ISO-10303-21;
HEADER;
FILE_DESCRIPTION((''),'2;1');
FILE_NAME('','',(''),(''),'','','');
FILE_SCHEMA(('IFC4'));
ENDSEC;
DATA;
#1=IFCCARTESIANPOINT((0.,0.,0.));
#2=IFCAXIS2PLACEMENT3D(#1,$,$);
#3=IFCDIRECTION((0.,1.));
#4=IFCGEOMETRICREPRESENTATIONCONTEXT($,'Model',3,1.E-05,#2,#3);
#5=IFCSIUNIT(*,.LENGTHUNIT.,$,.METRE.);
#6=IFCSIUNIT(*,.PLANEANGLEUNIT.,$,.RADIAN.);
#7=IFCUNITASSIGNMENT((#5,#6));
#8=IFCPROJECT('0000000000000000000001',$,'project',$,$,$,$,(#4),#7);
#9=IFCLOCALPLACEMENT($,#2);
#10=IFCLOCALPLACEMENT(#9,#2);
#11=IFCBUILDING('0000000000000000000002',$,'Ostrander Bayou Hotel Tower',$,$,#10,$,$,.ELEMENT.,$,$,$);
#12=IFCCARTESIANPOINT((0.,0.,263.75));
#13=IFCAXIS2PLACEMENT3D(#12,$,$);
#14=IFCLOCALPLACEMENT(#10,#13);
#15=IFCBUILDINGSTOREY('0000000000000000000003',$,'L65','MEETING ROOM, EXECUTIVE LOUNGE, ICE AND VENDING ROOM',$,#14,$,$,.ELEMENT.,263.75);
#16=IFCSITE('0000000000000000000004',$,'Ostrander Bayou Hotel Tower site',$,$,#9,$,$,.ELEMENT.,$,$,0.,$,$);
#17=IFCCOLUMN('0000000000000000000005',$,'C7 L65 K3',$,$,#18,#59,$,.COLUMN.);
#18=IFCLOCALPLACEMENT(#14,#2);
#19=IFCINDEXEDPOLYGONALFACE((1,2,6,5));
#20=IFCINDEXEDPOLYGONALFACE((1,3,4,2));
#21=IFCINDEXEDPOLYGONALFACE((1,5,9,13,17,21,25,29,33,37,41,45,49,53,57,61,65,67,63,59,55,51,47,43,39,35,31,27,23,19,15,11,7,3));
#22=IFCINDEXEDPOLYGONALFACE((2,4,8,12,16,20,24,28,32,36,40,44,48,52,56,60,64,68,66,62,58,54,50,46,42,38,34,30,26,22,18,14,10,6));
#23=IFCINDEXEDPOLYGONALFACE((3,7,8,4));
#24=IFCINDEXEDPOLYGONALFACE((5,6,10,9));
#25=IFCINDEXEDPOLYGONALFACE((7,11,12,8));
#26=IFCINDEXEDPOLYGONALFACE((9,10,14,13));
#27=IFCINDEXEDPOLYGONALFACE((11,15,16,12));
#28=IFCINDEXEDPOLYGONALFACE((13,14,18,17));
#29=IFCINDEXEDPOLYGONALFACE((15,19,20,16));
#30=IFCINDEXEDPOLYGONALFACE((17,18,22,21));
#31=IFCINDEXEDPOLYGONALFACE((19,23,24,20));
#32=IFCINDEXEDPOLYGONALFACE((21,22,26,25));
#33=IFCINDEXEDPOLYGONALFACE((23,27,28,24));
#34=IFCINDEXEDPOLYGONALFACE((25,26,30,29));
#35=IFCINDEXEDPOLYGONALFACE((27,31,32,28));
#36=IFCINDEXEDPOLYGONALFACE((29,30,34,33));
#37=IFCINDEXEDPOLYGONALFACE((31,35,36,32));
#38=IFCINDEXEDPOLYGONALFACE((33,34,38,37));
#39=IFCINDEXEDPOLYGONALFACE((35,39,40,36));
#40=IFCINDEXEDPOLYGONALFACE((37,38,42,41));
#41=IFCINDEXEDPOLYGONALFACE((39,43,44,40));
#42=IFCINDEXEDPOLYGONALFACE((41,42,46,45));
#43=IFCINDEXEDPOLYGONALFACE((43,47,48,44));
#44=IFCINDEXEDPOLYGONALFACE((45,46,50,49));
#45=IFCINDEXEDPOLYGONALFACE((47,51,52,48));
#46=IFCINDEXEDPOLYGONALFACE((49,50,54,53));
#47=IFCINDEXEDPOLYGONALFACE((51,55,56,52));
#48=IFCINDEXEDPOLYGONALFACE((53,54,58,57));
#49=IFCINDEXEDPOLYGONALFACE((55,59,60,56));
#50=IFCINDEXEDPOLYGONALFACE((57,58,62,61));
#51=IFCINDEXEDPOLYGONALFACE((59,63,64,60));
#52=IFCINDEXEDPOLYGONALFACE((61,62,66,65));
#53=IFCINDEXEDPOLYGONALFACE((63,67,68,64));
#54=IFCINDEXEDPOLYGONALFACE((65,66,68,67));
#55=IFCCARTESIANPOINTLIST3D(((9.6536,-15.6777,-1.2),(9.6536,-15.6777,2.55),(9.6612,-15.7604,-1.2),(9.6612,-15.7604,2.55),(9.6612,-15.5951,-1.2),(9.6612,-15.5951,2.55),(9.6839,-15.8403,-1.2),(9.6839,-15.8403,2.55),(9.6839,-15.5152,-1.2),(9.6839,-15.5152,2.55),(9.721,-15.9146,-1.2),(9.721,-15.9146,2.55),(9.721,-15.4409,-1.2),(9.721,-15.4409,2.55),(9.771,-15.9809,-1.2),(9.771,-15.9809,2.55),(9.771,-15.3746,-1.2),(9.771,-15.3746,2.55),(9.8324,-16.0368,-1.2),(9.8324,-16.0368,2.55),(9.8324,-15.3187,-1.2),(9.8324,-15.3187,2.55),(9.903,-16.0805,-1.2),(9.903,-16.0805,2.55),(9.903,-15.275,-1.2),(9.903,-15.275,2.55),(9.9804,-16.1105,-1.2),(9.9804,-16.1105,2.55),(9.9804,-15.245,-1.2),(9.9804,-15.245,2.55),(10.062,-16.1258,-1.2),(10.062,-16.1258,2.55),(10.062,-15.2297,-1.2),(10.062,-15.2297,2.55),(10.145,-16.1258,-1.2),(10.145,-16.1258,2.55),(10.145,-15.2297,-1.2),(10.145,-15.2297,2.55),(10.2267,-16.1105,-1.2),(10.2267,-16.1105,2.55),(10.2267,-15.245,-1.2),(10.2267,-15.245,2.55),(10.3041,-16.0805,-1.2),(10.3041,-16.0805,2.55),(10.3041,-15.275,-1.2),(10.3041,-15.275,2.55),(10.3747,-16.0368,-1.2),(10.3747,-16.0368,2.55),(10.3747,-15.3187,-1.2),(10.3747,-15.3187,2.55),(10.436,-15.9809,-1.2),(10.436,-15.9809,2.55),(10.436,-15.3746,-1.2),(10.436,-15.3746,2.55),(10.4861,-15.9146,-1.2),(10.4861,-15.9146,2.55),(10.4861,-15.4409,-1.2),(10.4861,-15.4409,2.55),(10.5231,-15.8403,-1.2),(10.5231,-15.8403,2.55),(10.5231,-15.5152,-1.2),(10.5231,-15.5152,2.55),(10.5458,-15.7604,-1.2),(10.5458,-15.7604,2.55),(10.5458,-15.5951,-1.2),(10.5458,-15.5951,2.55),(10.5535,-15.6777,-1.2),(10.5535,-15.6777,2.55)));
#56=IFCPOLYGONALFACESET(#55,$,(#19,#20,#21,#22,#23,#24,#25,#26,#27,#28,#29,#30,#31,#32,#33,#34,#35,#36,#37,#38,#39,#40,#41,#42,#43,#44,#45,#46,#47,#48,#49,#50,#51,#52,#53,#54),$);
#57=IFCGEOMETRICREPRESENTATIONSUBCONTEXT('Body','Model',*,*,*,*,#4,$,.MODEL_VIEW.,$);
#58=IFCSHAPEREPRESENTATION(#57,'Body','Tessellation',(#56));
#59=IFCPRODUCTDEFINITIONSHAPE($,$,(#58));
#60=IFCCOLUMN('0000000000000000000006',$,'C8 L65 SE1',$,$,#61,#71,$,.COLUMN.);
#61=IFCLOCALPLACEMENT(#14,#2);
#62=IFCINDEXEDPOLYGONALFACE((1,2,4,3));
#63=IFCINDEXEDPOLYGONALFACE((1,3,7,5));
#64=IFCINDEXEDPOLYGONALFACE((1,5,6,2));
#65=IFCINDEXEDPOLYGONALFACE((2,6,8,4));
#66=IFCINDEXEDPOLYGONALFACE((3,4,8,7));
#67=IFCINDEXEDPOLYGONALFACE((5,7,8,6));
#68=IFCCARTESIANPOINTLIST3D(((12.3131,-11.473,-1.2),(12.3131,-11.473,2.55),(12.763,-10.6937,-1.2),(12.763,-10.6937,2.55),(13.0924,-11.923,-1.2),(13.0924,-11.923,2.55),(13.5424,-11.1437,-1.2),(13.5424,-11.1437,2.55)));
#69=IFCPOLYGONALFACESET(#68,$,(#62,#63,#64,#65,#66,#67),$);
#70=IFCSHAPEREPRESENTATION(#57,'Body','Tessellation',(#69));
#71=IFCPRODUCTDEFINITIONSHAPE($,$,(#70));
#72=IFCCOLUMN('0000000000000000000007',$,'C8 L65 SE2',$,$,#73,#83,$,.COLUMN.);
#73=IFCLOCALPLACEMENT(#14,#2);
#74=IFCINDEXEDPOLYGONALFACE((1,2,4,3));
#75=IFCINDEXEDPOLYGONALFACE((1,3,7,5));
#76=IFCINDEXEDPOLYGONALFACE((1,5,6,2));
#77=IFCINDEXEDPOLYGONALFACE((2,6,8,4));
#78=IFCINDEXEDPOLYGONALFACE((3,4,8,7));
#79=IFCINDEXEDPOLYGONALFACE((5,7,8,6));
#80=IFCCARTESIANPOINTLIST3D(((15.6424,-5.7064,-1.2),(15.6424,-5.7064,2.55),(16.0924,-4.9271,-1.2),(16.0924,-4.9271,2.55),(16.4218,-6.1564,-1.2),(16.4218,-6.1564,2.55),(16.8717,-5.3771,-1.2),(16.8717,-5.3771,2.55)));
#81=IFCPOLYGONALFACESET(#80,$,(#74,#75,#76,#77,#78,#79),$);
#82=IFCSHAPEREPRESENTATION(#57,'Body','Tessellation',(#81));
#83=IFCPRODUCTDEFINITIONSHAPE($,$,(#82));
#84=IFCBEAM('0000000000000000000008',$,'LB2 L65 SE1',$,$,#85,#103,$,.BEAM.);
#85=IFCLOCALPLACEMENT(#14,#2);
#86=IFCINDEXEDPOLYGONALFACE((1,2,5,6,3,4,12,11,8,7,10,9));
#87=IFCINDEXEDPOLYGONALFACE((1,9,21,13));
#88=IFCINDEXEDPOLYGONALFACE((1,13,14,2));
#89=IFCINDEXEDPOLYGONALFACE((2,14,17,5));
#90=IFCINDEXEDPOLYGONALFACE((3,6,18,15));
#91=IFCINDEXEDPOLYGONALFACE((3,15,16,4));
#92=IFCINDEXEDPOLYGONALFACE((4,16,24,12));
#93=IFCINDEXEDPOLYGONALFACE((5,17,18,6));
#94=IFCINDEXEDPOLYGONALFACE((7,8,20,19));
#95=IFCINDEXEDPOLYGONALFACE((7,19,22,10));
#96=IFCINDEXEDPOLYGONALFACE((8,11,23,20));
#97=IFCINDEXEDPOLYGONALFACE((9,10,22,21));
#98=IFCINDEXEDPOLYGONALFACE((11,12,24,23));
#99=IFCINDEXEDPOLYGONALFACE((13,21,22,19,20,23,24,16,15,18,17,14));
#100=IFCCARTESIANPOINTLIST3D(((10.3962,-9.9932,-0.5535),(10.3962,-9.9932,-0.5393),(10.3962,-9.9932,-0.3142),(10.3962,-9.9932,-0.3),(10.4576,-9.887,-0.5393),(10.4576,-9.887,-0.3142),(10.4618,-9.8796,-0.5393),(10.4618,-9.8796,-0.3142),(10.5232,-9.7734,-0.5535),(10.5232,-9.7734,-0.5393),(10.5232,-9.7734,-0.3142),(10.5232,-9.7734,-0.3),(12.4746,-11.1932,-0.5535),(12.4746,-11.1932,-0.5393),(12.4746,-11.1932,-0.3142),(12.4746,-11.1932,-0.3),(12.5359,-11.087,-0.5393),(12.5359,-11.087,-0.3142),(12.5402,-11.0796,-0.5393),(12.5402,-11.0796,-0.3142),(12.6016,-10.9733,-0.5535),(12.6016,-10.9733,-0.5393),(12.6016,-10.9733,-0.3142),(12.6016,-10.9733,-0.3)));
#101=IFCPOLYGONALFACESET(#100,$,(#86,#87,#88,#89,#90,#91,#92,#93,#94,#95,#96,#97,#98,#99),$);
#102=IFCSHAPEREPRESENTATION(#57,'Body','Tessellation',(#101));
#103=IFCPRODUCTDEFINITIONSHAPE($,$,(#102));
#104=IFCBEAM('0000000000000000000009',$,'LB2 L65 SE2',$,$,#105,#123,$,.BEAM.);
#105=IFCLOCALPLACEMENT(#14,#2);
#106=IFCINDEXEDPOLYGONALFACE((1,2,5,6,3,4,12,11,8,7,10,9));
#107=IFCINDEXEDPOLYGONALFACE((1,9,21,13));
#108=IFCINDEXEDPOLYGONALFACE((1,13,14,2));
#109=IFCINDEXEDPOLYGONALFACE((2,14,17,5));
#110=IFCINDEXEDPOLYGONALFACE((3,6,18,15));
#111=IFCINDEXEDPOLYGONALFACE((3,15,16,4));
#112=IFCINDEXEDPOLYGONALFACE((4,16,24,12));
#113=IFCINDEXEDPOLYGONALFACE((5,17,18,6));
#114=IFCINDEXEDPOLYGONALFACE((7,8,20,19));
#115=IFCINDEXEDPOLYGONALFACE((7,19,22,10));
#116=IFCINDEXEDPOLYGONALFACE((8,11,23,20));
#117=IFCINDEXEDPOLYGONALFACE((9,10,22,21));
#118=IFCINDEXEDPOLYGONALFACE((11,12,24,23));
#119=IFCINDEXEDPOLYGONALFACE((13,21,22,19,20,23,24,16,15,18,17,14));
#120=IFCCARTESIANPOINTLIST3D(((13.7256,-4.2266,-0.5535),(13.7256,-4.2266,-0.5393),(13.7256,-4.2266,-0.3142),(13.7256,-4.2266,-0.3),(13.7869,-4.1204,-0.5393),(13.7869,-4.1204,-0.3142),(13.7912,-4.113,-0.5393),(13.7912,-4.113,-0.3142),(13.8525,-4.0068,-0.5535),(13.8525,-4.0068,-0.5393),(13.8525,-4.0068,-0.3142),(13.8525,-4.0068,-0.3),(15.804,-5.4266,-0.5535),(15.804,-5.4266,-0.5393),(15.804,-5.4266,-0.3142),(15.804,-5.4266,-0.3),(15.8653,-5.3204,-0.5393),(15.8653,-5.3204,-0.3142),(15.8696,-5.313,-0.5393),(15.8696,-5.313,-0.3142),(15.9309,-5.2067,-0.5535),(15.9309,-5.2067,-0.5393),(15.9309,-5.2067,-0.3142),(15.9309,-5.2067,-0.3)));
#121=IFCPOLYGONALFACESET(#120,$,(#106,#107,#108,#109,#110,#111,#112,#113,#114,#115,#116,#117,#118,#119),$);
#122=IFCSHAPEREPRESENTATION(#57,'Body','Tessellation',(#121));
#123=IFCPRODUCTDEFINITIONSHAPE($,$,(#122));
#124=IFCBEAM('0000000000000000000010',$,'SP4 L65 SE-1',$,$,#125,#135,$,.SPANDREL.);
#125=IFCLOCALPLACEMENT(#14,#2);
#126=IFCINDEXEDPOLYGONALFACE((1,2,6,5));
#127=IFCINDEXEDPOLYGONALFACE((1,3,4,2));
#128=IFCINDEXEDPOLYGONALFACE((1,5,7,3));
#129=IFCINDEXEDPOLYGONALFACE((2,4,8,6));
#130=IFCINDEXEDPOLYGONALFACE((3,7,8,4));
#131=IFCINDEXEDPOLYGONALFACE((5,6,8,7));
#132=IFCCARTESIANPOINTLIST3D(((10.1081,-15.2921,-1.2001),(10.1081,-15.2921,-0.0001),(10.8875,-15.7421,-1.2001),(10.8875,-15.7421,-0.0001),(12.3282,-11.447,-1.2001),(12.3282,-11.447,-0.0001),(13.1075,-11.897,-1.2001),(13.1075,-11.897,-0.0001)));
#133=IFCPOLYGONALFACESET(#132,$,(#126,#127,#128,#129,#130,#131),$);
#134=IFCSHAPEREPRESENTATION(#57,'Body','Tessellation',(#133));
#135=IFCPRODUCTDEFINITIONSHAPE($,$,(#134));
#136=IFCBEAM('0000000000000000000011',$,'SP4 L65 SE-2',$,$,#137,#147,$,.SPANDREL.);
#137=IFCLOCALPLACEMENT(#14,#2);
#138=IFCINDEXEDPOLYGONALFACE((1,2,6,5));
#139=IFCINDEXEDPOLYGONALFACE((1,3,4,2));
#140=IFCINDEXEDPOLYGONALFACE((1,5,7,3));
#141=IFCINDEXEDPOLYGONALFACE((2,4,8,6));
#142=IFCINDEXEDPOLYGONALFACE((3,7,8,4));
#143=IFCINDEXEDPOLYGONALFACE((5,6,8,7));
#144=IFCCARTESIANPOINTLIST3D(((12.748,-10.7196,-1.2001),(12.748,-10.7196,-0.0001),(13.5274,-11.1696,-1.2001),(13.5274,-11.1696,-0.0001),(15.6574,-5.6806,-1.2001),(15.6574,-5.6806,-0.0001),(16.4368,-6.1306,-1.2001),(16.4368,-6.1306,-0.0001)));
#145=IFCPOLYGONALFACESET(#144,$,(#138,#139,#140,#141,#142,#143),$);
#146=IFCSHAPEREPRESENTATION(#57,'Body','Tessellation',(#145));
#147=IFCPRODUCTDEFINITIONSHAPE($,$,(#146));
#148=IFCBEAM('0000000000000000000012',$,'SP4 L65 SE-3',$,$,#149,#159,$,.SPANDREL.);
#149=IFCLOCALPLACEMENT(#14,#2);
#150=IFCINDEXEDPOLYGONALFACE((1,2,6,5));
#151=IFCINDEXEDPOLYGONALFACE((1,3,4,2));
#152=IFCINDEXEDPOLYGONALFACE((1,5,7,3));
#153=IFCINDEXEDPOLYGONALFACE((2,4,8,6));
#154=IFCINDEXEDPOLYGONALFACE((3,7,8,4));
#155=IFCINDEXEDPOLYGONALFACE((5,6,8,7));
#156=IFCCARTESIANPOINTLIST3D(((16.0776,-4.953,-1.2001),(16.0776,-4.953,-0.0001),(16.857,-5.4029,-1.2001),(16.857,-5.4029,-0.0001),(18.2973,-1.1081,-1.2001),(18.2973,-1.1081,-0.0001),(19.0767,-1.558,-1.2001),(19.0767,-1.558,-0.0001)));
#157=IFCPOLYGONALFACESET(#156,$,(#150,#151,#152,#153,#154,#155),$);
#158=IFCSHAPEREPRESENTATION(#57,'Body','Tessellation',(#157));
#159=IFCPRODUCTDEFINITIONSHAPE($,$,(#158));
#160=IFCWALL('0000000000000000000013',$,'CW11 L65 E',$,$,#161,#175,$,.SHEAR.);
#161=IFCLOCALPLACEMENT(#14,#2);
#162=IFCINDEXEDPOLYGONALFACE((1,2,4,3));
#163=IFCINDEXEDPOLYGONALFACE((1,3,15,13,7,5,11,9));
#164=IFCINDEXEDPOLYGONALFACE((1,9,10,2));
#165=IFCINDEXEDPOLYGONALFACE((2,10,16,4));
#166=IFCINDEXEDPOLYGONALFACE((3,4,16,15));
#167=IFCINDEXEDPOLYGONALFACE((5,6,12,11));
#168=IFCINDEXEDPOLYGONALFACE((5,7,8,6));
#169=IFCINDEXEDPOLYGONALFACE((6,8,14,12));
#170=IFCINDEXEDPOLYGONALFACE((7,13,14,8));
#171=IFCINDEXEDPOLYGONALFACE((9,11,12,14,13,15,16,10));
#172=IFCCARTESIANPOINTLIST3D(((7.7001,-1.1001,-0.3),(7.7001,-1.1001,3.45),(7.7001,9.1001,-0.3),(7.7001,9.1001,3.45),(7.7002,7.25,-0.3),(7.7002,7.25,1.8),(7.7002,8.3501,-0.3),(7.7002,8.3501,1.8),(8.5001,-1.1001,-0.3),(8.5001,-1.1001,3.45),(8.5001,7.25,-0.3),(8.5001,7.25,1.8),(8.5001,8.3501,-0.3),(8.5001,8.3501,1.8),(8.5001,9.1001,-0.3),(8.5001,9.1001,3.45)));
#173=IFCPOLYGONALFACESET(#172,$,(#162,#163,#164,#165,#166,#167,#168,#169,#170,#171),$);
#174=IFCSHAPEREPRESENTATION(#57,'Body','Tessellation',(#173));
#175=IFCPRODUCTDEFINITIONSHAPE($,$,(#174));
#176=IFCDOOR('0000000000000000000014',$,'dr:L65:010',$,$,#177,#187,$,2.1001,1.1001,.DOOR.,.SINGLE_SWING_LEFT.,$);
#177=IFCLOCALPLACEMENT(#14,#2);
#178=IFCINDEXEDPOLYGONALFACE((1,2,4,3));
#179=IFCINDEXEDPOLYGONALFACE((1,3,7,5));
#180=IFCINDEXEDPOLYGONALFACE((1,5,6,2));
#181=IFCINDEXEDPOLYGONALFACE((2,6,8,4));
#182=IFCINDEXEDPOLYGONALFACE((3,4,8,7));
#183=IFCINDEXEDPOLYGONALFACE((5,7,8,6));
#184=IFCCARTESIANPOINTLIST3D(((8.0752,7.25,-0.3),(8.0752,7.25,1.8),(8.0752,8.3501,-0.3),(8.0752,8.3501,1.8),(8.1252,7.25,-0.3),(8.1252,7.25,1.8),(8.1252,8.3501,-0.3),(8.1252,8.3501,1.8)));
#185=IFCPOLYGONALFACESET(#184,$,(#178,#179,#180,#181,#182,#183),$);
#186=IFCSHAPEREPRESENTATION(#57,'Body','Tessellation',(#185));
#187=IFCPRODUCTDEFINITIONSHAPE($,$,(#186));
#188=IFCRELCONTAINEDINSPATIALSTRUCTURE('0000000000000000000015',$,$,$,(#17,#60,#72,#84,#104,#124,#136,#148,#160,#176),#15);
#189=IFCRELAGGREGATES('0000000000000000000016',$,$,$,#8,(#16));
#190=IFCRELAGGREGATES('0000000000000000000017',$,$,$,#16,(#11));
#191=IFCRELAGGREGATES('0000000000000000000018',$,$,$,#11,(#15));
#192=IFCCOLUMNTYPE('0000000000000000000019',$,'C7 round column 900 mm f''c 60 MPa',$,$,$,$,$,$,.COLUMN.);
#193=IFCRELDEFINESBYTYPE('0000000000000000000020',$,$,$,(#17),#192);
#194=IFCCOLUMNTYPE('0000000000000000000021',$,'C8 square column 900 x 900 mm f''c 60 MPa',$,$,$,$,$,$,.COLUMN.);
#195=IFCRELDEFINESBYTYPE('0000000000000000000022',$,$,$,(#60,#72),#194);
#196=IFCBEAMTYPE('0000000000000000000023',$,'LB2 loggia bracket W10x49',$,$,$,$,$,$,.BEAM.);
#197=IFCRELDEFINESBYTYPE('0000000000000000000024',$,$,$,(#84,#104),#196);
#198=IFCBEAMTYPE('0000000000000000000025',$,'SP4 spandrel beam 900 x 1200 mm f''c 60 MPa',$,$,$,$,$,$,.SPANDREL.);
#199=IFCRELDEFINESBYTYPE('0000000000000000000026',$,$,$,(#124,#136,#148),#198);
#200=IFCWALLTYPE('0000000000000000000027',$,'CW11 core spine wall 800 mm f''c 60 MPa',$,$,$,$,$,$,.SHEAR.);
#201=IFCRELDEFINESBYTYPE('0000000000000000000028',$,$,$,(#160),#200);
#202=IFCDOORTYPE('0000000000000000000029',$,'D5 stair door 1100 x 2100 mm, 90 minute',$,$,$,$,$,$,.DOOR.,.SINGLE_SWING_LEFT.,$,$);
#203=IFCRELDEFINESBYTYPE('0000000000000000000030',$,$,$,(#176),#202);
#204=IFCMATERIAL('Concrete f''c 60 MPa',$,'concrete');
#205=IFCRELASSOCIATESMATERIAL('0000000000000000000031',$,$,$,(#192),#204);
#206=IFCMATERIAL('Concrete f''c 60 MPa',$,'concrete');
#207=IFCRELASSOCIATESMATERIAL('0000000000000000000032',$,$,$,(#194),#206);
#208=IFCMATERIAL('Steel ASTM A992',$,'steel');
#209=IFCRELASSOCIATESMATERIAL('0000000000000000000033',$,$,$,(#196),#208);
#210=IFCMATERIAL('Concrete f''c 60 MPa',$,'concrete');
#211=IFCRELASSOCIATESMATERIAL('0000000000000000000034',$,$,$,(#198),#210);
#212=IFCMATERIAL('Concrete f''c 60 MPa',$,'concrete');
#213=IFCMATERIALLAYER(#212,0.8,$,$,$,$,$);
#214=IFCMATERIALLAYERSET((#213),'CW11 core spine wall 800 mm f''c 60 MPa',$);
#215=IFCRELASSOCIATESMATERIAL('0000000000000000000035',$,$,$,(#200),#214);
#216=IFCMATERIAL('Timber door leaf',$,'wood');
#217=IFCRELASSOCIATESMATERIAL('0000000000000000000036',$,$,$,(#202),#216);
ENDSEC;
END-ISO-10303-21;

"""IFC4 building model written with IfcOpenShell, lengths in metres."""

from ifc_helpers import new_model, si_unit, direction, frame, frame_2d, origin, origin_2d, place, context, subcontext, project, spatial, rectangle, circle, i_section, extrude, material, layer, layer_set, material_profile, profile_set, type_object, element, fill, save


model = new_model("IFC4")

# Units and contexts
model_context = context("Model", 3, precision=1e-05, world=origin(), true_north=direction((0.0, 1.0)))
body_context = subcontext(model_context, "Body", "Model", "MODEL_VIEW")
ifc_project = project(units=[si_unit("LENGTHUNIT", "METRE"), si_unit("PLANEANGLEUNIT", "RADIAN")], contexts=[model_context])

# Site, building, storey
site_placement = place(None, origin())
site = spatial("IfcSite", under=ifc_project, at=site_placement, Name="Ostrander Bayou Hotel Tower site", CompositionType="ELEMENT", RefElevation=0.0)
building_placement = place(site_placement, origin())
building = spatial("IfcBuilding", under=site, at=building_placement, Name="Ostrander Bayou Hotel Tower", CompositionType="ELEMENT")
storey_placement = place(building_placement, frame((0.0, 0.0, 263.75)))
storey = spatial("IfcBuildingStorey", under=building, at=storey_placement, Name="L65", Description="MEETING ROOM, EXECUTIVE LOUNGE, ICE AND VENDING ROOM", CompositionType="ELEMENT", Elevation=263.75)

# Columns
ifc_material_1 = material(Name="Concrete f'c 60 MPa", Category="concrete")
ifc_material_profile_1 = material_profile(ifc_material_1, circle(Radius=0.45, at=origin_2d()))
ifc_profile_set_1 = profile_set([ifc_material_profile_1], Name="Concrete f'c 60 MPa")
column_type_1 = type_object("IfcColumnType", Name="C7 round column 900 mm f'c 60 MPa", PredefinedType="COLUMN", material=ifc_profile_set_1)
column_placement = place(storey_placement, frame((10.1035, -15.6777, -1.2), z_axis=(0.0, 0.0, 1.0), x_axis=(1.0, 0.0, 0.0)))
element("IfcColumn", 1, at=column_placement, inside=storey, type_object=column_type_1, Name="C7 L65 K3", PredefinedType="COLUMN", context=body_context, shape_type="SweptSolid", body=[
    extrude(circle(Radius=0.45, at=origin_2d()), origin(), (0.0, 0.0, 1.0), 3.75),
])
ifc_material_2 = material(Name="Concrete f'c 60 MPa", Category="concrete")
ifc_material_profile_2 = material_profile(ifc_material_2, rectangle(XDim=0.8999, YDim=0.8999, at=origin_2d()))
ifc_profile_set_2 = profile_set([ifc_material_profile_2], Name="Concrete f'c 60 MPa")
column_type_2 = type_object("IfcColumnType", Name="C8 square column 900 x 900 mm f'c 60 MPa", PredefinedType="COLUMN", material=ifc_profile_set_2)
for number, where, z_axis, x_axis, name in (
    (2, (12.9277, -11.3083, -1.2), (0.0, 0.0, 1.0), (-0.5, -0.866025, 0.0), "C8 L65 SE1"),
    (3, (16.2571, -5.5417, -1.2), (0.0, 0.0, 1.0), (-0.5, -0.866025, 0.0), "C8 L65 SE2"),
):
    element("IfcColumn", number, at=place(storey_placement, frame(where, z_axis=z_axis, x_axis=x_axis)), inside=storey, type_object=column_type_2, Name=name, PredefinedType="COLUMN", context=body_context, shape_type="SweptSolid", body=[
        extrude(rectangle(XDim=0.8999, YDim=0.8999, at=origin_2d()), origin(), (0.0, 0.0, 1.0), 3.75),
    ])

# Beams
ifc_material_3 = material(Name="Steel ASTM A992", Category="steel")
ifc_material_profile_3 = material_profile(ifc_material_3, i_section(OverallWidth=0.2539, OverallDepth=0.2534, WebThickness=0.0085, FlangeThickness=0.0142, at=origin_2d()))
ifc_profile_set_3 = profile_set([ifc_material_profile_3], Name="Steel ASTM A992")
beam_type_1 = type_object("IfcBeamType", Name="LB2 loggia bracket W10x49", PredefinedType="BEAM", material=ifc_profile_set_3)
for number, where, z_axis, x_axis, name in (
    (4, (12.5381, -11.0833, -0.4268), (-0.866025, 0.500001, 0.0), (-0.500001, -0.866025, 0.0), "LB2 L65 SE1"),
    (5, (15.8674, -5.3167, -0.4268), (-0.866025, 0.500001, 0.0), (-0.500001, -0.866025, 0.0), "LB2 L65 SE2"),
):
    element("IfcBeam", number, at=place(storey_placement, frame(where, z_axis=z_axis, x_axis=x_axis)), inside=storey, type_object=beam_type_1, Name=name, PredefinedType="BEAM", context=body_context, shape_type="SweptSolid", body=[
        extrude(i_section(OverallWidth=0.2539, OverallDepth=0.2534, WebThickness=0.0085, FlangeThickness=0.0142, at=origin_2d()), origin(), (0.0, 0.0, 1.0), 2.3999),
    ])
ifc_material_4 = material(Name="Concrete f'c 60 MPa", Category="concrete")
ifc_material_profile_4 = material_profile(ifc_material_4, rectangle(XDim=0.8999, YDim=1.2, at=origin_2d()))
ifc_profile_set_4 = profile_set([ifc_material_profile_4], Name="Concrete f'c 60 MPa")
beam_type_2 = type_object("IfcBeamType", Name="SP4 spandrel beam 900 x 1200 mm f'c 60 MPa", PredefinedType="SPANDREL", material=ifc_profile_set_4)
beam_1_placement = place(storey_placement, frame((10.4978, -15.5171, -0.6001), z_axis=(0.500013, 0.866018, 0.0), x_axis=(-0.866018, 0.500013, 0.0)))
element("IfcBeam", 6, at=beam_1_placement, inside=storey, type_object=beam_type_2, Name="SP4 L65 SE-1", PredefinedType="SPANDREL", context=body_context, shape_type="SweptSolid", body=[
    extrude(rectangle(XDim=0.8999, YDim=1.2, at=origin_2d()), origin(), (0.0, 0.0, 1.0), 4.4399),
])
beam_2_placement = place(storey_placement, frame((13.1377, -10.9446, -0.6001), z_axis=(0.500015, 0.866016, 0.0), x_axis=(-0.866016, 0.500015, 0.0)))
element("IfcBeam", 7, at=beam_2_placement, inside=storey, type_object=beam_type_2, Name="SP4 L65 SE-2", PredefinedType="SPANDREL", context=body_context, shape_type="SweptSolid", body=[
    extrude(rectangle(XDim=0.8999, YDim=1.2, at=origin_2d()), origin(), (0.0, 0.0, 1.0), 5.8186),
])
beam_3_placement = place(storey_placement, frame((16.4673, -5.178, -0.6001), z_axis=(0.499972, 0.866042, 0.0), x_axis=(-0.866042, 0.499972, 0.0)))
element("IfcBeam", 8, at=beam_3_placement, inside=storey, type_object=beam_type_2, Name="SP4 L65 SE-3", PredefinedType="SPANDREL", context=body_context, shape_type="SweptSolid", body=[
    extrude(rectangle(XDim=0.8999, YDim=1.2, at=origin_2d()), origin(), (0.0, 0.0, 1.0), 4.4397),
])

# Wall, opening, door
ifc_material_5 = material(Name="Concrete f'c 60 MPa", Category="concrete")
ifc_layer_1 = layer(ifc_material_5, 0.8)
ifc_layer_set_1 = layer_set([ifc_layer_1], Name="CW11 core spine wall 800 mm f'c 60 MPa")
wall_type_1 = type_object("IfcWallType", Name="CW11 core spine wall 800 mm f'c 60 MPa", PredefinedType="SHEAR", material=ifc_layer_set_1)
wall_1_placement = place(storey_placement, frame((8.1001, -1.1001, -0.3), z_axis=(0.0, 0.0, 1.0), x_axis=(0.0, 1.0, 0.0)))
wall_1 = element("IfcWall", 9, at=wall_1_placement, inside=storey, type_object=wall_type_1, Name="CW11 L65 E", PredefinedType="SHEAR", context=body_context, shape_type="SweptSolid", body=[
    extrude(rectangle(XDim=10.2002, YDim=0.8, at=frame_2d((5.1001, 0.0))), origin(), (0.0, 0.0, 1.0), 3.75),
])
opening_1_placement = place(wall_1_placement, frame((8.3501, 0.0, 0.0)))
opening_1 = element("IfcOpeningElement", 10, at=opening_1_placement, cuts=wall_1, PredefinedType="OPENING", context=body_context, shape_type="SweptSolid", body=[
    extrude(rectangle(XDim=1.1001, YDim=2.1001, at=frame_2d((0.55, 1.05))), frame((0.0, 0.3999, 0.0), z_axis=(0.0, -1.0, 0.0), x_axis=(1.0, 0.0, 0.0)), (0.0, 0.0, 1.0), 0.8),
])
ifc_material_6 = material(Name="Timber door leaf", Category="wood")
door_type_1 = type_object("IfcDoorType", Name="D5 stair door 1100 x 2100 mm, 90 minute", OperationType="SINGLE_SWING_LEFT", PredefinedType="DOOR", material=ifc_material_6)
door_1_placement = place(opening_1_placement, origin())
door_1 = element("IfcDoor", 11, at=door_1_placement, inside=storey, type_object=door_type_1, Name="dr:L65:010", OperationType="SINGLE_SWING_LEFT", OverallHeight=2.1001, OverallWidth=1.1001, PredefinedType="DOOR", context=body_context, shape_type="SweptSolid", body=[
    extrude(rectangle(XDim=1.1001, YDim=2.1001, at=frame_2d((0.55, 1.05))), frame((0.0, 0.0249, 0.0), z_axis=(0.0, -1.0, 0.0), x_axis=(1.0, 0.0, 0.0)), (0.0, 0.0, 1.0), 0.05),
])
fill(opening_1, door_1)

save(model, "model.ifc")
